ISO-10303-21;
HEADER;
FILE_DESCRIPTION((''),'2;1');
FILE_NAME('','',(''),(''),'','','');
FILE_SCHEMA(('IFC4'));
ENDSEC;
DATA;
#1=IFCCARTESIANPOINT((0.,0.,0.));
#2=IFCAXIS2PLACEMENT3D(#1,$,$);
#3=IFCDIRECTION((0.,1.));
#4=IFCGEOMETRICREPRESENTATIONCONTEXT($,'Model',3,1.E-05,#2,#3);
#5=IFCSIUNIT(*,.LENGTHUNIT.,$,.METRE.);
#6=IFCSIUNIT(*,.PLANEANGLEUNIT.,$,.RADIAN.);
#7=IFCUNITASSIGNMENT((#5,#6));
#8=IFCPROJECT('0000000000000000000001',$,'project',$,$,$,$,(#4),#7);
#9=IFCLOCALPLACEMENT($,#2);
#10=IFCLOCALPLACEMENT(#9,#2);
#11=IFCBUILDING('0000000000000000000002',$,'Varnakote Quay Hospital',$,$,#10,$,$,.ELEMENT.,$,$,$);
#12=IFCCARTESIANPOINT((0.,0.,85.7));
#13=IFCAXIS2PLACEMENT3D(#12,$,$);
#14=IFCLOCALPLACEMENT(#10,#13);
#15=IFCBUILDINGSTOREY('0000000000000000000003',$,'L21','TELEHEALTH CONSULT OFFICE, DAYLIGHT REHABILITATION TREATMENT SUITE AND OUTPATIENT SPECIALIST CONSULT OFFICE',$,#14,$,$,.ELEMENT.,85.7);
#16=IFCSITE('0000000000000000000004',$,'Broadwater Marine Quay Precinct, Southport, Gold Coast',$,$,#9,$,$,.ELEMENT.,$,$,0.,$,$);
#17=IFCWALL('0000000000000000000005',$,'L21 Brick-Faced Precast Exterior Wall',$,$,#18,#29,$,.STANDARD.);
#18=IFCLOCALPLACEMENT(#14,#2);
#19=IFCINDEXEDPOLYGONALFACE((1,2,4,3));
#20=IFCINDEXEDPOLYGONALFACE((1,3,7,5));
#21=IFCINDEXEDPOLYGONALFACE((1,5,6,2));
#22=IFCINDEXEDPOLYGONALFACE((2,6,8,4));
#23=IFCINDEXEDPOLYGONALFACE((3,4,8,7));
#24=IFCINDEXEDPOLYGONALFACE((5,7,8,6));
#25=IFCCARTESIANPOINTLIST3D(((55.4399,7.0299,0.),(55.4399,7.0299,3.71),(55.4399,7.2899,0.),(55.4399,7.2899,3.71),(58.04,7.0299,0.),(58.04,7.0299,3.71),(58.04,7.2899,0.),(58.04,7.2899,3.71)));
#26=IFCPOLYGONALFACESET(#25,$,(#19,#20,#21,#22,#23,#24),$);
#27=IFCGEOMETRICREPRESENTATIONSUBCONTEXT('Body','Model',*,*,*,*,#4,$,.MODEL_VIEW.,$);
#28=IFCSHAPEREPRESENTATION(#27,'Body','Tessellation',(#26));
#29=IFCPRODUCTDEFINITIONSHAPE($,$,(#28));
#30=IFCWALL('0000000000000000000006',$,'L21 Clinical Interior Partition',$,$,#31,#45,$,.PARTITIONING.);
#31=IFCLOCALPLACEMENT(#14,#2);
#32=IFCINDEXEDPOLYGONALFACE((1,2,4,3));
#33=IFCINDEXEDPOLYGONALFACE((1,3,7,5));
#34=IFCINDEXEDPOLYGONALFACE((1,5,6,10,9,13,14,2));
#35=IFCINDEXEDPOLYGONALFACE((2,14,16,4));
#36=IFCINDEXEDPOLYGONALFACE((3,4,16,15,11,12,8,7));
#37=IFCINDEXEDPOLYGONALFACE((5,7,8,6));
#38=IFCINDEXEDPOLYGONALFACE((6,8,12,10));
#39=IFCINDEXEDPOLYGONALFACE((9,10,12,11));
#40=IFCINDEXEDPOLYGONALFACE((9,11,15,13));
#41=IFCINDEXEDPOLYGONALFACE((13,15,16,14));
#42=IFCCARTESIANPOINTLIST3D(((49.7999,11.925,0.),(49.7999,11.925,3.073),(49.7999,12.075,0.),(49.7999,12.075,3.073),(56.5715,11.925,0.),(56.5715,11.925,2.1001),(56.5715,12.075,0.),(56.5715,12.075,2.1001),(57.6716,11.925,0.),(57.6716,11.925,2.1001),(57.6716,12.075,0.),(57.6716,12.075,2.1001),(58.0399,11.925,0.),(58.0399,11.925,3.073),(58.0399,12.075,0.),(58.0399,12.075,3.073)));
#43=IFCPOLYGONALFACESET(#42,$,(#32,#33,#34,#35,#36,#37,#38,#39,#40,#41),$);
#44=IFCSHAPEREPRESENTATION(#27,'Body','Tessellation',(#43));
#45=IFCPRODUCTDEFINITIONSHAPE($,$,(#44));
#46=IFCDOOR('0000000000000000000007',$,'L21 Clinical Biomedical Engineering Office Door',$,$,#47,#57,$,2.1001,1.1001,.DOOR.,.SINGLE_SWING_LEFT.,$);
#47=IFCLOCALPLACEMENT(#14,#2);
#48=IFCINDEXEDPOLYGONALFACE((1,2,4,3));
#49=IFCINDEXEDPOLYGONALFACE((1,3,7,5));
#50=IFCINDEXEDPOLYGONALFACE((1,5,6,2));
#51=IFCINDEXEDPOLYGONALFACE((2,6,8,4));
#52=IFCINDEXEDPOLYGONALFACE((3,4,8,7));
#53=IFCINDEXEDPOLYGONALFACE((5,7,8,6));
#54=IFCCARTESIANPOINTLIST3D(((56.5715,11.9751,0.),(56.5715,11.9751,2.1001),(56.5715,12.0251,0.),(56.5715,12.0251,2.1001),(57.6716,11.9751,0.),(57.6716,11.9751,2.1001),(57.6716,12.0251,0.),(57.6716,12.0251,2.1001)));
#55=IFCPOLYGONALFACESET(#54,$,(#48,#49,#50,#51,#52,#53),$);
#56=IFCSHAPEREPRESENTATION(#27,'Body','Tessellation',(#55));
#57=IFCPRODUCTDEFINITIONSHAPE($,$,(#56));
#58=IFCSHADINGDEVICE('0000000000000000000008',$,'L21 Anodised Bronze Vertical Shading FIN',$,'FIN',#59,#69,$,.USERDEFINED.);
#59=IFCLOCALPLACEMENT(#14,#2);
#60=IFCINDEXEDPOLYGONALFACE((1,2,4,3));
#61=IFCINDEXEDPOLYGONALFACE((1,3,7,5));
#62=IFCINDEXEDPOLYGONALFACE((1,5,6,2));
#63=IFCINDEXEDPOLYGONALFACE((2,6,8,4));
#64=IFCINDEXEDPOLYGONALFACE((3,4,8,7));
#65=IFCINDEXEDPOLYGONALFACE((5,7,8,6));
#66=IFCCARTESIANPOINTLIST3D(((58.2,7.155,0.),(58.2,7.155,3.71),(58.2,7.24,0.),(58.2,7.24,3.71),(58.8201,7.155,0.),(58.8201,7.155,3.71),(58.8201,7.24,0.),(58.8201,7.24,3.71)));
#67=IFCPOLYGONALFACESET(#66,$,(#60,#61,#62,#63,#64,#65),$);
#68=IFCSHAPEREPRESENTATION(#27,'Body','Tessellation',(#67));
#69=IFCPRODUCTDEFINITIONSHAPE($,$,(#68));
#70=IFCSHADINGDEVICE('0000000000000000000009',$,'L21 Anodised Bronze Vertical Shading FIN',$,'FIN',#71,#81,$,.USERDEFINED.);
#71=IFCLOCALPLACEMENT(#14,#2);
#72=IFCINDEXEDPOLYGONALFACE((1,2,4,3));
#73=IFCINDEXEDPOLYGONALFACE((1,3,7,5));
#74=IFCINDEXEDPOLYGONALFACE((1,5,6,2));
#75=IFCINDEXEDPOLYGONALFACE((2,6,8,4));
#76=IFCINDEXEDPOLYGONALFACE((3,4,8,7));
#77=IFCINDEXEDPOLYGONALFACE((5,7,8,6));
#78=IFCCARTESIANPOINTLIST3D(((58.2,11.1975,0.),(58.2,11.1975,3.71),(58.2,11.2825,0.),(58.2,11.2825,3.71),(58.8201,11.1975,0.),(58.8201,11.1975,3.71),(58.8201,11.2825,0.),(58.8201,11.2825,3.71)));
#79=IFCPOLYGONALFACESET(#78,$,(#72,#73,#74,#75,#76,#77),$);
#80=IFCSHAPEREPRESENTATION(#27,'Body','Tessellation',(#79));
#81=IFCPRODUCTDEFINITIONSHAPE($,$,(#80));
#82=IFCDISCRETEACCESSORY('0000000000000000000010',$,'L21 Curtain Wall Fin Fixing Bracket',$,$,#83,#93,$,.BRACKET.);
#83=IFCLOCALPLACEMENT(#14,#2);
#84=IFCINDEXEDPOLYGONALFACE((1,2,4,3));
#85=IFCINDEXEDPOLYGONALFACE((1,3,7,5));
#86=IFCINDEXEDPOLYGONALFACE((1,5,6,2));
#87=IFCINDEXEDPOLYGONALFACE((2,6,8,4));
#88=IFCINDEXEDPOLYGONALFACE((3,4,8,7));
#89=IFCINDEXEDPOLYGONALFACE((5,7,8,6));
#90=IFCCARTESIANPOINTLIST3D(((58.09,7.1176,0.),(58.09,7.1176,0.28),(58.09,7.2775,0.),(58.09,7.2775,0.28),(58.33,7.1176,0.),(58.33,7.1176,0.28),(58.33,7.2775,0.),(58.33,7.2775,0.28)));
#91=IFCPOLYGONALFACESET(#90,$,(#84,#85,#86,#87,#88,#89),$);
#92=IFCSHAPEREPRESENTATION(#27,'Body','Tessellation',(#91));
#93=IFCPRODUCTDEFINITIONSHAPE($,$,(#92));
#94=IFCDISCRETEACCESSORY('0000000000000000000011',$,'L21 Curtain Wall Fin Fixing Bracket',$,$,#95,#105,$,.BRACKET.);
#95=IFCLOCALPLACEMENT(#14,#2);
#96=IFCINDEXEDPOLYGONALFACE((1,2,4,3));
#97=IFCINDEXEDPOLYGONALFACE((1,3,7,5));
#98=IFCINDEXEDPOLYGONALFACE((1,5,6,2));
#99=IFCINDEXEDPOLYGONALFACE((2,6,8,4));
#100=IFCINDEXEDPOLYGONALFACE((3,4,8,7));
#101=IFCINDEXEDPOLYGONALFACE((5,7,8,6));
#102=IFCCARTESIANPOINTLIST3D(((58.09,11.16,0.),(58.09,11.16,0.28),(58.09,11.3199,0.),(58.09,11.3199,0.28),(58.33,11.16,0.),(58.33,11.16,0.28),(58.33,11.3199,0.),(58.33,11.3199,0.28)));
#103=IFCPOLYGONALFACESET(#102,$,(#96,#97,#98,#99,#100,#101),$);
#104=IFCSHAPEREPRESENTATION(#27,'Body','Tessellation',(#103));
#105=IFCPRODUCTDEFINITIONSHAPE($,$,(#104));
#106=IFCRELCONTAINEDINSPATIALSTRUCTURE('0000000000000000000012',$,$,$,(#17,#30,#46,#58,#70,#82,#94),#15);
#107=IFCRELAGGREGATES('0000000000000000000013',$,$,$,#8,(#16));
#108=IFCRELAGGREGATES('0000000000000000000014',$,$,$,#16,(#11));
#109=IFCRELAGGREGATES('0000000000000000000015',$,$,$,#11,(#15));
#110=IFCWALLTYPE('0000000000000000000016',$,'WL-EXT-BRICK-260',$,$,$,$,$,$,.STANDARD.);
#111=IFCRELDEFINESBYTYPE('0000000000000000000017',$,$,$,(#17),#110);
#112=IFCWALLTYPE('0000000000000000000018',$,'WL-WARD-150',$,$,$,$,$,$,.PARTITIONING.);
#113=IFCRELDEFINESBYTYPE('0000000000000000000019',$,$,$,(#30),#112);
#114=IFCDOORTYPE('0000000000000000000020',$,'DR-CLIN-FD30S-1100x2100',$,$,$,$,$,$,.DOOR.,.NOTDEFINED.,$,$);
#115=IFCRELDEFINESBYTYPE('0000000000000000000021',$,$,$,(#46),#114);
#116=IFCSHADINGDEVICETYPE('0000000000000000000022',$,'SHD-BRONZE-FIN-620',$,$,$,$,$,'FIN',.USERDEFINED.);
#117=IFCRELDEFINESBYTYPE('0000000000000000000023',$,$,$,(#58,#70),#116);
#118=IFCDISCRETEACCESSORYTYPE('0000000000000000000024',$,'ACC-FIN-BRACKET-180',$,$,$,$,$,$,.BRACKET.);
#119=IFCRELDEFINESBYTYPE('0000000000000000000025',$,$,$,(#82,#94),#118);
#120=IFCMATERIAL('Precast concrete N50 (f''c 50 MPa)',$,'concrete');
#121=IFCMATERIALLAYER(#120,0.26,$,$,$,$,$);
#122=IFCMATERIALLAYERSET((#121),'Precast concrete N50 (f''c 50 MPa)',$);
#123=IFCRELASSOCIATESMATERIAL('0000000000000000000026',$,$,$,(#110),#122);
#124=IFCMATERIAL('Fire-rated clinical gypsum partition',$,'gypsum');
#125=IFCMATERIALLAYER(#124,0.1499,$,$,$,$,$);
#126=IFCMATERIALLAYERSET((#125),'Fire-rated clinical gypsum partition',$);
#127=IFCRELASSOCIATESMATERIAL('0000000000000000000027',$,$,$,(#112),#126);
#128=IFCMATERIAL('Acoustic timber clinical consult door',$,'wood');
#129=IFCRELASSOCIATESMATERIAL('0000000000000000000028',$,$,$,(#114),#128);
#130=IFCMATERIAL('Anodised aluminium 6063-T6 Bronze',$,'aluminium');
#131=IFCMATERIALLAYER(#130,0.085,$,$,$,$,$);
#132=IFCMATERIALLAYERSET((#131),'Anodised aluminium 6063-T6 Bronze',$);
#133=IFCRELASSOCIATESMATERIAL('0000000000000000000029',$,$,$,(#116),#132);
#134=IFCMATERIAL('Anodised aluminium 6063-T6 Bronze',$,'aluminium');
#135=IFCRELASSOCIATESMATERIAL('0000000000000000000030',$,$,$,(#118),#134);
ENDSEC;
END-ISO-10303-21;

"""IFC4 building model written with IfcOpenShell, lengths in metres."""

from ifc_helpers import new_model, si_unit, direction, frame, frame_2d, origin, origin_2d, place, context, subcontext, project, spatial, rectangle, extrude, material, layer, layer_set, type_object, element, fill, save


model = new_model("IFC4")

# Units and contexts
model_context = context("Model", 3, precision=1e-05, world=origin(), true_north=direction((0.0, 1.0)))
body_context = subcontext(model_context, "Body", "Model", "MODEL_VIEW")
ifc_project = project(units=[si_unit("LENGTHUNIT", "METRE"), si_unit("PLANEANGLEUNIT", "RADIAN")], contexts=[model_context])

# Site, building, storey
site_placement = place(None, origin())
site = spatial("IfcSite", under=ifc_project, at=site_placement, Name="Broadwater Marine Quay Precinct, Southport, Gold Coast", CompositionType="ELEMENT", RefElevation=0.0)
building_placement = place(site_placement, origin())
building = spatial("IfcBuilding", under=site, at=building_placement, Name="Varnakote Quay Hospital", CompositionType="ELEMENT")
storey_placement = place(building_placement, frame((0.0, 0.0, 85.7)))
storey = spatial("IfcBuildingStorey", under=building, at=storey_placement, Name="L21", Description="TELEHEALTH CONSULT OFFICE, DAYLIGHT REHABILITATION TREATMENT SUITE AND OUTPATIENT SPECIALIST CONSULT OFFICE", CompositionType="ELEMENT", Elevation=85.7)

# Wall
ifc_material_1 = material(Name="Precast concrete N50 (f'c 50 MPa)", Category="concrete")
ifc_layer_1 = layer(ifc_material_1, 0.26)
ifc_layer_set_1 = layer_set([ifc_layer_1], Name="Precast concrete N50 (f'c 50 MPa)")
wall_type_1 = type_object("IfcWallType", Name="WL-EXT-BRICK-260", PredefinedType="STANDARD", material=ifc_layer_set_1)
wall_1_placement = place(storey_placement, frame((55.4399, 7.1599, 0.0), z_axis=(0.0, 0.0, 1.0), x_axis=(1.0, 0.0, 0.0)))
element("IfcWall", 1, at=wall_1_placement, inside=storey, type_object=wall_type_1, Name="L21 Brick-Faced Precast Exterior Wall", PredefinedType="STANDARD", context=body_context, shape_type="SweptSolid", body=[
    extrude(rectangle(XDim=2.6001, YDim=0.26, at=frame_2d((1.3, 0.0))), origin(), (0.0, 0.0, 1.0), 3.71),
])

# Wall, opening, door
ifc_material_2 = material(Name="Fire-rated clinical gypsum partition", Category="gypsum")
ifc_layer_2 = layer(ifc_material_2, 0.1499)
ifc_layer_set_2 = layer_set([ifc_layer_2], Name="Fire-rated clinical gypsum partition")
wall_type_2 = type_object("IfcWallType", Name="WL-WARD-150", PredefinedType="PARTITIONING", material=ifc_layer_set_2)
wall_2_placement = place(storey_placement, frame((58.04, 12.0, 0.0), z_axis=(0.0, 0.0, 1.0), x_axis=(-1.0, 0.0, 0.0)))
wall_2 = element("IfcWall", 2, at=wall_2_placement, inside=storey, type_object=wall_type_2, Name="L21 Clinical Interior Partition", PredefinedType="PARTITIONING", context=body_context, shape_type="SweptSolid", body=[
    extrude(rectangle(XDim=8.24, YDim=0.1499, at=frame_2d((4.1201, 0.0))), origin(), (0.0, 0.0, 1.0), 3.073),
])
opening_placement = place(wall_2_placement, frame((0.3684, 0.0, 0.0)))
opening = element("IfcOpeningElement", 3, at=opening_placement, cuts=wall_2, PredefinedType="OPENING", context=body_context, shape_type="SweptSolid", body=[
    extrude(rectangle(XDim=1.1001, YDim=2.1001, at=frame_2d((0.55, 1.05))), frame((0.0, 0.085, 0.0), z_axis=(0.0, -1.0, 0.0), x_axis=(1.0, 0.0, 0.0)), (0.0, 0.0, 1.0), 0.1699),
])
ifc_material_3 = material(Name="Acoustic timber clinical consult door", Category="wood")
door_type = type_object("IfcDoorType", Name="DR-CLIN-FD30S-1100x2100", OperationType="NOTDEFINED", PredefinedType="DOOR", material=ifc_material_3)
door_placement = place(opening_placement, origin())
door = element("IfcDoor", 4, at=door_placement, inside=storey, type_object=door_type, Name="L21 Clinical Biomedical Engineering Office Door", OperationType="SINGLE_SWING_LEFT", OverallHeight=2.1001, OverallWidth=1.1001, PredefinedType="DOOR", context=body_context, shape_type="SweptSolid", body=[
    extrude(rectangle(XDim=1.1001, YDim=2.1001, at=frame_2d((0.55, 1.05))), frame((0.0, 0.0249, 0.0), z_axis=(0.0, -1.0, 0.0), x_axis=(1.0, 0.0, 0.0)), (0.0, 0.0, 1.0), 0.05),
])
fill(opening, door)

# Shading devices
ifc_material_4 = material(Name="Anodised aluminium 6063-T6 Bronze", Category="aluminium")
ifc_layer_3 = layer(ifc_material_4, 0.085)
ifc_layer_set_3 = layer_set([ifc_layer_3], Name="Anodised aluminium 6063-T6 Bronze")
shading_device_type = type_object("IfcShadingDeviceType", Name="SHD-BRONZE-FIN-620", ElementType="FIN", PredefinedType="USERDEFINED", material=ifc_layer_set_3)
for number, where, z_axis, x_axis, name in (
    (5, (58.51, 7.1975, 0.0), (0.0, 0.0, 1.0), (-1.0, 0.0, 0.0), "L21 Anodised Bronze Vertical Shading FIN"),
    (6, (58.51, 11.24, 0.0), (0.0, 0.0, 1.0), (-1.0, 0.0, 0.0), "L21 Anodised Bronze Vertical Shading FIN"),
):
    element("IfcShadingDevice", number, at=place(storey_placement, frame(where, z_axis=z_axis, x_axis=x_axis)), inside=storey, type_object=shading_device_type, Name=name, ObjectType="FIN", PredefinedType="USERDEFINED", context=body_context, shape_type="SweptSolid", body=[
        extrude(rectangle(XDim=0.6201, YDim=0.085, at=origin_2d()), origin(), (0.0, 0.0, 1.0), 3.71),
    ])

# Discrete accessories
ifc_material_5 = material(Name="Anodised aluminium 6063-T6 Bronze", Category="aluminium")
discrete_accessory_type = type_object("IfcDiscreteAccessoryType", Name="ACC-FIN-BRACKET-180", PredefinedType="BRACKET", material=ifc_material_5)
for number, where, z_axis, x_axis, name in (
    (7, (58.21, 7.1975, 0.0), (0.0, 0.0, 1.0), (0.0, 1.0, 0.0), "L21 Curtain Wall Fin Fixing Bracket"),
    (8, (58.21, 11.24, 0.0), (0.0, 0.0, 1.0), (0.0, 1.0, 0.0), "L21 Curtain Wall Fin Fixing Bracket"),
):
    element("IfcDiscreteAccessory", number, at=place(storey_placement, frame(where, z_axis=z_axis, x_axis=x_axis)), inside=storey, type_object=discrete_accessory_type, Name=name, PredefinedType="BRACKET", context=body_context, shape_type="SweptSolid", body=[
        extrude(rectangle(XDim=0.1599, YDim=0.24, at=origin_2d()), origin(), (0.0, 0.0, 1.0), 0.28),
    ])

save(model, "model.ifc")
